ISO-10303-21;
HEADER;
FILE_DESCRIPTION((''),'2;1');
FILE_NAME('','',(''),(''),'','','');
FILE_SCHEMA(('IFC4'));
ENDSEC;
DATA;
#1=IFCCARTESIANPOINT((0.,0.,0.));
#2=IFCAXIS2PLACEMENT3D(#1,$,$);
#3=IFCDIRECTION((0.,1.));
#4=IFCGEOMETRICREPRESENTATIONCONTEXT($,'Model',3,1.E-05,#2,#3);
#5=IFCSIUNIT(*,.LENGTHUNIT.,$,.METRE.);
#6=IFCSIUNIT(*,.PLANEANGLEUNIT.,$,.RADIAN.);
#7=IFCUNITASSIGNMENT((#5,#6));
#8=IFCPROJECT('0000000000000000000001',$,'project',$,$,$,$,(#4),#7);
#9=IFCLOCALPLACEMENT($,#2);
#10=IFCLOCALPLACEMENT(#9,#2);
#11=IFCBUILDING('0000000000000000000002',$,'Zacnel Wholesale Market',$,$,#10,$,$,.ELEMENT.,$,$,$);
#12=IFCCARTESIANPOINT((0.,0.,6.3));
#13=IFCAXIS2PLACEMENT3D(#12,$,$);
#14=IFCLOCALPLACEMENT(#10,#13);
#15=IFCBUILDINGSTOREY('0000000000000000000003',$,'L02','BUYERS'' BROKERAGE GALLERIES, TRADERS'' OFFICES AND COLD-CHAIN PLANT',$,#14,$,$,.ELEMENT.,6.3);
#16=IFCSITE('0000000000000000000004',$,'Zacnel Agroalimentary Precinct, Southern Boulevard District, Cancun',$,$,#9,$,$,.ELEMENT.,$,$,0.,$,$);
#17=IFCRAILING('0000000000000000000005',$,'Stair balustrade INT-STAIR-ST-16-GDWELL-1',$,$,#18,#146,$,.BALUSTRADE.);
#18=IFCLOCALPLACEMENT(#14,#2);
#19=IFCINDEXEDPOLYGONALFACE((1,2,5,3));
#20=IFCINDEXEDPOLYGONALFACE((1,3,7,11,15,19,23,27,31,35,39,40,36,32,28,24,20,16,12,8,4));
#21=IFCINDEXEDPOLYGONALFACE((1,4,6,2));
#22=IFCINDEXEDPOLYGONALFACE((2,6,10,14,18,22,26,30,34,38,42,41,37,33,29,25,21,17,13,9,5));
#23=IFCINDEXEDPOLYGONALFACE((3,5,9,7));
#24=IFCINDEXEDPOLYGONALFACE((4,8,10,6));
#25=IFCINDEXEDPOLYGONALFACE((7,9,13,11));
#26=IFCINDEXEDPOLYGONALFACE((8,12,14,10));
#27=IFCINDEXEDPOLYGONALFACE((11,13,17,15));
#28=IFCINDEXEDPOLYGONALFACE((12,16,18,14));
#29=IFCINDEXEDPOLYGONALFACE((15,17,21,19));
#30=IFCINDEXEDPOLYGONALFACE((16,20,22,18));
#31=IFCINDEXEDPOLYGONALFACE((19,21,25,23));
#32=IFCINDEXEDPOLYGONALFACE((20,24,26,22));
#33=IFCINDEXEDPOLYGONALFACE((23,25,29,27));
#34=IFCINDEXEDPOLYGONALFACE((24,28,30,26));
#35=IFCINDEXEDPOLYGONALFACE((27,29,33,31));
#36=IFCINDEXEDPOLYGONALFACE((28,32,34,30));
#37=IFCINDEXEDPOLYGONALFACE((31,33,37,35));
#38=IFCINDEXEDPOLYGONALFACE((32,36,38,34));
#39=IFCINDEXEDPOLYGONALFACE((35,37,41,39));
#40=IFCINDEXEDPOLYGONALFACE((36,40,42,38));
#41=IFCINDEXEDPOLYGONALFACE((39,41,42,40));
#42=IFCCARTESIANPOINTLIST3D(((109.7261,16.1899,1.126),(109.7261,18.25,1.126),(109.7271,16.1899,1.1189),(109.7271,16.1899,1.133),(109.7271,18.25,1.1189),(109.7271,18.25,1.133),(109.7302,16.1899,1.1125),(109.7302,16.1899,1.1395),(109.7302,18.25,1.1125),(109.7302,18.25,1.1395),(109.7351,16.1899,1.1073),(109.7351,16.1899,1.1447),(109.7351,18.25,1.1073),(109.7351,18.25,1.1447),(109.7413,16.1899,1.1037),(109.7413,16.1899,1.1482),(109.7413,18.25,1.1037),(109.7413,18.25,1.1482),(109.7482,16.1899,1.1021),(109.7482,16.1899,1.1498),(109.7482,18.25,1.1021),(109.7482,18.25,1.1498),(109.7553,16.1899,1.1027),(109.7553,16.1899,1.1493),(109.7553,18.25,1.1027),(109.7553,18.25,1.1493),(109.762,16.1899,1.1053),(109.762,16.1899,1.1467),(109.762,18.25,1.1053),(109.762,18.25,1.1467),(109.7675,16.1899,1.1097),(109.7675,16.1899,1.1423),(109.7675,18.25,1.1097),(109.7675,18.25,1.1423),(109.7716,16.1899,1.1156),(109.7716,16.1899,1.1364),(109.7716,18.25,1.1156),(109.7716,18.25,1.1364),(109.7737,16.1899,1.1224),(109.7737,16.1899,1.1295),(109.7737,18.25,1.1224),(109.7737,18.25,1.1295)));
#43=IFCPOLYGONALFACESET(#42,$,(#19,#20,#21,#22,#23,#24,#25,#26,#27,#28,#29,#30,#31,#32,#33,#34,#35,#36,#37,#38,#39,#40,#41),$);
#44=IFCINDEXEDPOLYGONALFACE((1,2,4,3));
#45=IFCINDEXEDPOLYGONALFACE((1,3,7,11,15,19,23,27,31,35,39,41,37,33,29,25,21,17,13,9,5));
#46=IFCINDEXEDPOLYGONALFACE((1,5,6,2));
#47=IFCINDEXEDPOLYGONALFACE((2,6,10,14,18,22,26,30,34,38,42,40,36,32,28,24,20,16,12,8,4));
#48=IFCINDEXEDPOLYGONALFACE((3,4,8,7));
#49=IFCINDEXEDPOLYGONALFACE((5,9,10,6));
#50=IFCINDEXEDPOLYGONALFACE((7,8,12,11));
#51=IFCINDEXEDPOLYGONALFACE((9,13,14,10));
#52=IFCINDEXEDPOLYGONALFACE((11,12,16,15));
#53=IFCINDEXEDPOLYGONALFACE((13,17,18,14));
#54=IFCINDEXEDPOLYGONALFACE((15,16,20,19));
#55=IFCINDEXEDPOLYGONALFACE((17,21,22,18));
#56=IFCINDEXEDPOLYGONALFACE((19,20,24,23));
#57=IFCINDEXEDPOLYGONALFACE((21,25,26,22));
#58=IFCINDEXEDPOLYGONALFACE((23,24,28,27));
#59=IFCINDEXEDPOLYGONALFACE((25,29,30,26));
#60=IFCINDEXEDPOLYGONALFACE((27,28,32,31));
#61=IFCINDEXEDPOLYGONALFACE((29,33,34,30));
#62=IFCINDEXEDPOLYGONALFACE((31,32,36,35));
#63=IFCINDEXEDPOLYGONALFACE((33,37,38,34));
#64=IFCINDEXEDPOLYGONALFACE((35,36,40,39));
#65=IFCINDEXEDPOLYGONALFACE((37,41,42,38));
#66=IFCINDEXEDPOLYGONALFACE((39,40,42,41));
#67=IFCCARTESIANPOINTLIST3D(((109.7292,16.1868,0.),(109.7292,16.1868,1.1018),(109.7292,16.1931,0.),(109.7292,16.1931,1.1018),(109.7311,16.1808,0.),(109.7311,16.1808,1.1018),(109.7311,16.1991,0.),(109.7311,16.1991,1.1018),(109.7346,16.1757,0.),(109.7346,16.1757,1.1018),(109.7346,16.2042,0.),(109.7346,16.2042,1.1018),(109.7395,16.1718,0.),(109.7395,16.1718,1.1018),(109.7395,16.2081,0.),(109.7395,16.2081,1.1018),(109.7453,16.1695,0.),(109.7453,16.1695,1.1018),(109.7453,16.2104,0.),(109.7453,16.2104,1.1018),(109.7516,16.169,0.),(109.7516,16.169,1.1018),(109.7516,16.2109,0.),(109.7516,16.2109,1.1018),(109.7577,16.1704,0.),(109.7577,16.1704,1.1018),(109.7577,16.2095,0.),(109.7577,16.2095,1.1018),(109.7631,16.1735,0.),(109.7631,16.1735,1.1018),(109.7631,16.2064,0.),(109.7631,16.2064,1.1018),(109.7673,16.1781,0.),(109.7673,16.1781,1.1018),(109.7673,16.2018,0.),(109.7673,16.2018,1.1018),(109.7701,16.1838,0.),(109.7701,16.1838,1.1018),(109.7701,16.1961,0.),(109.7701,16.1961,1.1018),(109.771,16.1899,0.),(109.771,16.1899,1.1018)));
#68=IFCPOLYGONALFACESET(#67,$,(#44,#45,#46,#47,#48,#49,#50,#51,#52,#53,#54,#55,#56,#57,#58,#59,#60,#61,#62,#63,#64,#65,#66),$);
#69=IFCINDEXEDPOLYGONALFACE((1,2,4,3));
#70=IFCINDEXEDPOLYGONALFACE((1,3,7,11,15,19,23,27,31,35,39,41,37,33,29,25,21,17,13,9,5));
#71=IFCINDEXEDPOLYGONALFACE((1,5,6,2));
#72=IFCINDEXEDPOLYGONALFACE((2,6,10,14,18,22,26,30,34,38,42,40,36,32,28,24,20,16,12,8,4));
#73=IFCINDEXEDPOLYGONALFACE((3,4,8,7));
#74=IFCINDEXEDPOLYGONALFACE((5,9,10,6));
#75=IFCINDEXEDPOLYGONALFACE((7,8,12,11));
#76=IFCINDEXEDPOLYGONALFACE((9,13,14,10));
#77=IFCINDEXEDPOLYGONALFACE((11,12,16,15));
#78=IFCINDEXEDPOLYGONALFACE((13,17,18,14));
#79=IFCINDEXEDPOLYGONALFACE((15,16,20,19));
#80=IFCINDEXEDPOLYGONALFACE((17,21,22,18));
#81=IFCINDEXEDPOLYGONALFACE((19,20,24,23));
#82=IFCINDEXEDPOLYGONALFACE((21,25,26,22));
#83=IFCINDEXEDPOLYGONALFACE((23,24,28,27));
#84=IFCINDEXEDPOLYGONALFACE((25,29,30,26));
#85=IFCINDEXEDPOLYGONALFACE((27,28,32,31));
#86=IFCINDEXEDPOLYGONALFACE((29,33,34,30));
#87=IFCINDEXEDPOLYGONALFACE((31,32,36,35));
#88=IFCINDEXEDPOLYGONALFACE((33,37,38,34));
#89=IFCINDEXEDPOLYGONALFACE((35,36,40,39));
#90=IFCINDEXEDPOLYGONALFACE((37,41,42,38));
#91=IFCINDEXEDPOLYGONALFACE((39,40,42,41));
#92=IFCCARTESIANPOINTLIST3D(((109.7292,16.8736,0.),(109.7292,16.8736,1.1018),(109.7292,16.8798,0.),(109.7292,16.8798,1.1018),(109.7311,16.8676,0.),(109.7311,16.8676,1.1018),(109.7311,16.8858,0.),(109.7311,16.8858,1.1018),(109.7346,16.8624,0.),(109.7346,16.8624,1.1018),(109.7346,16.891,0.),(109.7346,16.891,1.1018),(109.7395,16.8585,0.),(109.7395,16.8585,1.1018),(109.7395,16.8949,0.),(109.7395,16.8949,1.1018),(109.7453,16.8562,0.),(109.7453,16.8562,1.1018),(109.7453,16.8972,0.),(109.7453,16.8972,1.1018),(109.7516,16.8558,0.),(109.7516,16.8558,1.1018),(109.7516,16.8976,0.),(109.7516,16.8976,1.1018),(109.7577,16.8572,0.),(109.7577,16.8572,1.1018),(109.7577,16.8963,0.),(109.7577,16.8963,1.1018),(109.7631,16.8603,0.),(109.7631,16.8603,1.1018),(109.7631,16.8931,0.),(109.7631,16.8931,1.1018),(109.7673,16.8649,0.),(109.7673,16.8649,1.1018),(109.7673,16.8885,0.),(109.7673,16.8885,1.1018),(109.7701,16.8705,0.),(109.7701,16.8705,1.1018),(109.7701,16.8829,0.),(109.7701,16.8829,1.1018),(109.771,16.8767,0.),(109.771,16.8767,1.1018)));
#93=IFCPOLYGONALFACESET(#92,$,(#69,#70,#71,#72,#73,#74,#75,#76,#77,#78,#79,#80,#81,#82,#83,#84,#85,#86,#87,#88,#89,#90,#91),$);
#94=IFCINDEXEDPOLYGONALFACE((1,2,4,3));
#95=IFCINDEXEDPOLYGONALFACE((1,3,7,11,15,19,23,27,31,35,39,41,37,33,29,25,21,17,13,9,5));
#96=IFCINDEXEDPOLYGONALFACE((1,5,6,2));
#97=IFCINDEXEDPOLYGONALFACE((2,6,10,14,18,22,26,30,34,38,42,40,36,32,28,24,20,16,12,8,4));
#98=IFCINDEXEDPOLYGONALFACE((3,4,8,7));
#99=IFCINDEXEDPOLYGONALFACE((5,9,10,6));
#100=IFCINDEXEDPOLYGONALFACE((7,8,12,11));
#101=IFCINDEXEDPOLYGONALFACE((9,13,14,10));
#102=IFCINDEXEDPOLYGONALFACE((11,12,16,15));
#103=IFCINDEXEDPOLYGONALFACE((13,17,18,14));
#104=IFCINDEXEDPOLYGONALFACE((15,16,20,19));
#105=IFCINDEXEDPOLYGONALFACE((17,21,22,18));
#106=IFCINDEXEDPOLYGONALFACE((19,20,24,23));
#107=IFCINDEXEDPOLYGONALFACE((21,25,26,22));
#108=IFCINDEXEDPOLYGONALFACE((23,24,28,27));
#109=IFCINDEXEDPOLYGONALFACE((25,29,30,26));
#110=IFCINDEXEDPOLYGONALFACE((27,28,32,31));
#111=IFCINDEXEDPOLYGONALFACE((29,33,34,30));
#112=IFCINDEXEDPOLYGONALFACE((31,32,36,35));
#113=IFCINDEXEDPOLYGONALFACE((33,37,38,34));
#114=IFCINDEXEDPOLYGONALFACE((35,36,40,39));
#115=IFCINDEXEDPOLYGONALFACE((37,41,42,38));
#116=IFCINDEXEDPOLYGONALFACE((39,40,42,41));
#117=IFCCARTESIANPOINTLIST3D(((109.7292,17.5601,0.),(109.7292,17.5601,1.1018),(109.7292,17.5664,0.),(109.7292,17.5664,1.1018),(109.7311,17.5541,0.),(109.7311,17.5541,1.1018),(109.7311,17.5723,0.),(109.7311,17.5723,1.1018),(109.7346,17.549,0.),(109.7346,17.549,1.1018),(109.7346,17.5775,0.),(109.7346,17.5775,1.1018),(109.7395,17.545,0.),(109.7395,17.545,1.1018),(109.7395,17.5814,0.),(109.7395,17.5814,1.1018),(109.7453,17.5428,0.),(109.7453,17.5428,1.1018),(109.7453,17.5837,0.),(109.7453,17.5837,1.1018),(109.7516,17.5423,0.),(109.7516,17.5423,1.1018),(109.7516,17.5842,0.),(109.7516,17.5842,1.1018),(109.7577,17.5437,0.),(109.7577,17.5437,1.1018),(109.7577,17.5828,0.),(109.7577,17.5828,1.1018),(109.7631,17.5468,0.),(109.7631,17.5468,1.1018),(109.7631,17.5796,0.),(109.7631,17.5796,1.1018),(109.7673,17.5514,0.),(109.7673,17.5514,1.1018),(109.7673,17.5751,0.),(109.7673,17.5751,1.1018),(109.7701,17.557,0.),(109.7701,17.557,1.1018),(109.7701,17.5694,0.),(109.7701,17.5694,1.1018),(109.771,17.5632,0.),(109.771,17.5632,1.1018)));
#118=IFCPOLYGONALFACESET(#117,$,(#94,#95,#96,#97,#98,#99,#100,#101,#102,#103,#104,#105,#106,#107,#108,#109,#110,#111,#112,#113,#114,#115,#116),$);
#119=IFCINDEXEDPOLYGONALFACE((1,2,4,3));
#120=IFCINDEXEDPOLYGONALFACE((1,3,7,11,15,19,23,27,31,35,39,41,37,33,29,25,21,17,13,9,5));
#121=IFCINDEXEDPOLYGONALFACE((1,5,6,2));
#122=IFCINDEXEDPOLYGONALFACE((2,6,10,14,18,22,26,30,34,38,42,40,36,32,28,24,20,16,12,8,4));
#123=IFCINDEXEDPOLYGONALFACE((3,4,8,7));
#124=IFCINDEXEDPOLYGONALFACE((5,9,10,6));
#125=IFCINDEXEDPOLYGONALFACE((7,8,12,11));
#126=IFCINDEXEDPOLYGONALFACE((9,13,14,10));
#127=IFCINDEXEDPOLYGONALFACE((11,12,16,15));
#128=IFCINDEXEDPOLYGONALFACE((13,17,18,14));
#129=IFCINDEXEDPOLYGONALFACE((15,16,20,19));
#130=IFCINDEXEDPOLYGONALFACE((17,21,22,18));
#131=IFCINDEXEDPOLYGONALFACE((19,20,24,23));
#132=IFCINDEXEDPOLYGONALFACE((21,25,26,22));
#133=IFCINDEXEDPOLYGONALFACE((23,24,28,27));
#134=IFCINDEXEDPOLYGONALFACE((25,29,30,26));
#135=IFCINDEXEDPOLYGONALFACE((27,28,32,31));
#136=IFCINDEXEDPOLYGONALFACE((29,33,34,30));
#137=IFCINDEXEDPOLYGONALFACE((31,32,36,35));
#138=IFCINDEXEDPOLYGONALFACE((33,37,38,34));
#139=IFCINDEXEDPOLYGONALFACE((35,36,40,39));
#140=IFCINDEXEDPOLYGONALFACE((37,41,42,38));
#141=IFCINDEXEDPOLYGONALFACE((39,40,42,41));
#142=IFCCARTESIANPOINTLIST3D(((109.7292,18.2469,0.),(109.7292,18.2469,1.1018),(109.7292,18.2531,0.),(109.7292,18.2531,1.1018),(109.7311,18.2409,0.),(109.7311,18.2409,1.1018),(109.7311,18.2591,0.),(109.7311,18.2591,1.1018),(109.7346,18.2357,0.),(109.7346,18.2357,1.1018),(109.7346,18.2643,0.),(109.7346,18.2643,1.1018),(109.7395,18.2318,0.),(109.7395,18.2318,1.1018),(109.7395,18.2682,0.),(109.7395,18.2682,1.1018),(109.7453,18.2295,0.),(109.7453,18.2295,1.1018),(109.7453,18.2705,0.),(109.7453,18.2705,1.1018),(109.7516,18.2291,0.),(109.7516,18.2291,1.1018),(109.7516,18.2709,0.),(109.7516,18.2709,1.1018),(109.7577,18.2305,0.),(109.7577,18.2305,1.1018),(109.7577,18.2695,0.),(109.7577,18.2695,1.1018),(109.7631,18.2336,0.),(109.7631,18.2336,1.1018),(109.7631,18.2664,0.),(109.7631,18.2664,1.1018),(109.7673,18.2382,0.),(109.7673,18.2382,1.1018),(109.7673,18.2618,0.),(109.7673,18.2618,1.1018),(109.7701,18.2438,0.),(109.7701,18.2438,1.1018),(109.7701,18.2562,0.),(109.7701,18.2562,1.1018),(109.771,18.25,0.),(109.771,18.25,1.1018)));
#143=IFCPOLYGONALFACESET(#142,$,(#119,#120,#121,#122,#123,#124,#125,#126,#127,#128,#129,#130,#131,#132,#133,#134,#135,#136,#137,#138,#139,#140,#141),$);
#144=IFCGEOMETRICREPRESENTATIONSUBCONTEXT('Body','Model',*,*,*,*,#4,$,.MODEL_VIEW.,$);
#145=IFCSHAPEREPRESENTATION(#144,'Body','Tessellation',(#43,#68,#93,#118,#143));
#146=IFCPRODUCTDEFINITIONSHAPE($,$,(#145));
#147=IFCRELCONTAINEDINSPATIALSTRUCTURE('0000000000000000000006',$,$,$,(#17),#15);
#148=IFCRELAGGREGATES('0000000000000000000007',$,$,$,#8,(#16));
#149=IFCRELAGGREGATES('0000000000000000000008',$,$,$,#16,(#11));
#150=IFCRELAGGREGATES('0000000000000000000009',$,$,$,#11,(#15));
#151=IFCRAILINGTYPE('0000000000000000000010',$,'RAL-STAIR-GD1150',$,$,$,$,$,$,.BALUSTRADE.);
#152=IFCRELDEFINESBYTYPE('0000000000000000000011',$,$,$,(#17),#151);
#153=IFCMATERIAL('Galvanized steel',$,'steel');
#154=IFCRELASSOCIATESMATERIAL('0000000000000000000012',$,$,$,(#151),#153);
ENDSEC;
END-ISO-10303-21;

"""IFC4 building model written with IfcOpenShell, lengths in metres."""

from ifc_helpers import new_model, si_unit, direction, frame, origin, origin_2d, place, context, subcontext, project, spatial, circle, extrude, material, type_object, element, save


model = new_model("IFC4")

# Units and contexts
model_context = context("Model", 3, precision=1e-05, world=origin(), true_north=direction((0.0, 1.0)))
body_context = subcontext(model_context, "Body", "Model", "MODEL_VIEW")
ifc_project = project(units=[si_unit("LENGTHUNIT", "METRE"), si_unit("PLANEANGLEUNIT", "RADIAN")], contexts=[model_context])

# Site, building, storey
site_placement = place(None, origin())
site = spatial("IfcSite", under=ifc_project, at=site_placement, Name="Zacnel Agroalimentary Precinct, Southern Boulevard District, Cancun", CompositionType="ELEMENT", RefElevation=0.0)
building_placement = place(site_placement, origin())
building = spatial("IfcBuilding", under=site, at=building_placement, Name="Zacnel Wholesale Market", CompositionType="ELEMENT")
storey_placement = place(building_placement, frame((0.0, 0.0, 6.3)))
storey = spatial("IfcBuildingStorey", under=building, at=storey_placement, Name="L02", Description="BUYERS' BROKERAGE GALLERIES, TRADERS' OFFICES AND COLD-CHAIN PLANT", CompositionType="ELEMENT", Elevation=6.3)

# Railing
ifc_material_1 = material(Name="Galvanized steel", Category="steel")
railing_type_1 = type_object("IfcRailingType", Name="RAL-STAIR-GD1150", PredefinedType="BALUSTRADE", material=ifc_material_1)
railing_1_placement = place(storey_placement, frame((109.75, 16.1899, 0.0)))
element("IfcRailing", 1, at=railing_1_placement, inside=storey, type_object=railing_type_1, Name="Stair balustrade INT-STAIR-ST-16-GDWELL-1", PredefinedType="BALUSTRADE", context=body_context, shape_type="SweptSolid", body=[
    extrude(circle(Radius=0.0239, at=origin_2d()), frame((0.0, 0.0, 1.126), z_axis=(0.0, 1.0, 0.0), x_axis=(-1.0, 0.0, 0.0)), (0.0, 0.0, 1.0), 2.0601),
    extrude(circle(Radius=0.021, at=origin_2d()), origin(), (0.0, 0.0, 1.0), 1.1018),
    extrude(circle(Radius=0.021, at=origin_2d()), frame((0.0, 0.6868, 0.0)), (0.0, 0.0, 1.0), 1.1018),
    extrude(circle(Radius=0.021, at=origin_2d()), frame((0.0, 1.3733, 0.0)), (0.0, 0.0, 1.0), 1.1018),
    extrude(circle(Radius=0.021, at=origin_2d()), frame((0.0, 2.0601, 0.0)), (0.0, 0.0, 1.0), 1.1018),
])

save(model, "model.ifc")
